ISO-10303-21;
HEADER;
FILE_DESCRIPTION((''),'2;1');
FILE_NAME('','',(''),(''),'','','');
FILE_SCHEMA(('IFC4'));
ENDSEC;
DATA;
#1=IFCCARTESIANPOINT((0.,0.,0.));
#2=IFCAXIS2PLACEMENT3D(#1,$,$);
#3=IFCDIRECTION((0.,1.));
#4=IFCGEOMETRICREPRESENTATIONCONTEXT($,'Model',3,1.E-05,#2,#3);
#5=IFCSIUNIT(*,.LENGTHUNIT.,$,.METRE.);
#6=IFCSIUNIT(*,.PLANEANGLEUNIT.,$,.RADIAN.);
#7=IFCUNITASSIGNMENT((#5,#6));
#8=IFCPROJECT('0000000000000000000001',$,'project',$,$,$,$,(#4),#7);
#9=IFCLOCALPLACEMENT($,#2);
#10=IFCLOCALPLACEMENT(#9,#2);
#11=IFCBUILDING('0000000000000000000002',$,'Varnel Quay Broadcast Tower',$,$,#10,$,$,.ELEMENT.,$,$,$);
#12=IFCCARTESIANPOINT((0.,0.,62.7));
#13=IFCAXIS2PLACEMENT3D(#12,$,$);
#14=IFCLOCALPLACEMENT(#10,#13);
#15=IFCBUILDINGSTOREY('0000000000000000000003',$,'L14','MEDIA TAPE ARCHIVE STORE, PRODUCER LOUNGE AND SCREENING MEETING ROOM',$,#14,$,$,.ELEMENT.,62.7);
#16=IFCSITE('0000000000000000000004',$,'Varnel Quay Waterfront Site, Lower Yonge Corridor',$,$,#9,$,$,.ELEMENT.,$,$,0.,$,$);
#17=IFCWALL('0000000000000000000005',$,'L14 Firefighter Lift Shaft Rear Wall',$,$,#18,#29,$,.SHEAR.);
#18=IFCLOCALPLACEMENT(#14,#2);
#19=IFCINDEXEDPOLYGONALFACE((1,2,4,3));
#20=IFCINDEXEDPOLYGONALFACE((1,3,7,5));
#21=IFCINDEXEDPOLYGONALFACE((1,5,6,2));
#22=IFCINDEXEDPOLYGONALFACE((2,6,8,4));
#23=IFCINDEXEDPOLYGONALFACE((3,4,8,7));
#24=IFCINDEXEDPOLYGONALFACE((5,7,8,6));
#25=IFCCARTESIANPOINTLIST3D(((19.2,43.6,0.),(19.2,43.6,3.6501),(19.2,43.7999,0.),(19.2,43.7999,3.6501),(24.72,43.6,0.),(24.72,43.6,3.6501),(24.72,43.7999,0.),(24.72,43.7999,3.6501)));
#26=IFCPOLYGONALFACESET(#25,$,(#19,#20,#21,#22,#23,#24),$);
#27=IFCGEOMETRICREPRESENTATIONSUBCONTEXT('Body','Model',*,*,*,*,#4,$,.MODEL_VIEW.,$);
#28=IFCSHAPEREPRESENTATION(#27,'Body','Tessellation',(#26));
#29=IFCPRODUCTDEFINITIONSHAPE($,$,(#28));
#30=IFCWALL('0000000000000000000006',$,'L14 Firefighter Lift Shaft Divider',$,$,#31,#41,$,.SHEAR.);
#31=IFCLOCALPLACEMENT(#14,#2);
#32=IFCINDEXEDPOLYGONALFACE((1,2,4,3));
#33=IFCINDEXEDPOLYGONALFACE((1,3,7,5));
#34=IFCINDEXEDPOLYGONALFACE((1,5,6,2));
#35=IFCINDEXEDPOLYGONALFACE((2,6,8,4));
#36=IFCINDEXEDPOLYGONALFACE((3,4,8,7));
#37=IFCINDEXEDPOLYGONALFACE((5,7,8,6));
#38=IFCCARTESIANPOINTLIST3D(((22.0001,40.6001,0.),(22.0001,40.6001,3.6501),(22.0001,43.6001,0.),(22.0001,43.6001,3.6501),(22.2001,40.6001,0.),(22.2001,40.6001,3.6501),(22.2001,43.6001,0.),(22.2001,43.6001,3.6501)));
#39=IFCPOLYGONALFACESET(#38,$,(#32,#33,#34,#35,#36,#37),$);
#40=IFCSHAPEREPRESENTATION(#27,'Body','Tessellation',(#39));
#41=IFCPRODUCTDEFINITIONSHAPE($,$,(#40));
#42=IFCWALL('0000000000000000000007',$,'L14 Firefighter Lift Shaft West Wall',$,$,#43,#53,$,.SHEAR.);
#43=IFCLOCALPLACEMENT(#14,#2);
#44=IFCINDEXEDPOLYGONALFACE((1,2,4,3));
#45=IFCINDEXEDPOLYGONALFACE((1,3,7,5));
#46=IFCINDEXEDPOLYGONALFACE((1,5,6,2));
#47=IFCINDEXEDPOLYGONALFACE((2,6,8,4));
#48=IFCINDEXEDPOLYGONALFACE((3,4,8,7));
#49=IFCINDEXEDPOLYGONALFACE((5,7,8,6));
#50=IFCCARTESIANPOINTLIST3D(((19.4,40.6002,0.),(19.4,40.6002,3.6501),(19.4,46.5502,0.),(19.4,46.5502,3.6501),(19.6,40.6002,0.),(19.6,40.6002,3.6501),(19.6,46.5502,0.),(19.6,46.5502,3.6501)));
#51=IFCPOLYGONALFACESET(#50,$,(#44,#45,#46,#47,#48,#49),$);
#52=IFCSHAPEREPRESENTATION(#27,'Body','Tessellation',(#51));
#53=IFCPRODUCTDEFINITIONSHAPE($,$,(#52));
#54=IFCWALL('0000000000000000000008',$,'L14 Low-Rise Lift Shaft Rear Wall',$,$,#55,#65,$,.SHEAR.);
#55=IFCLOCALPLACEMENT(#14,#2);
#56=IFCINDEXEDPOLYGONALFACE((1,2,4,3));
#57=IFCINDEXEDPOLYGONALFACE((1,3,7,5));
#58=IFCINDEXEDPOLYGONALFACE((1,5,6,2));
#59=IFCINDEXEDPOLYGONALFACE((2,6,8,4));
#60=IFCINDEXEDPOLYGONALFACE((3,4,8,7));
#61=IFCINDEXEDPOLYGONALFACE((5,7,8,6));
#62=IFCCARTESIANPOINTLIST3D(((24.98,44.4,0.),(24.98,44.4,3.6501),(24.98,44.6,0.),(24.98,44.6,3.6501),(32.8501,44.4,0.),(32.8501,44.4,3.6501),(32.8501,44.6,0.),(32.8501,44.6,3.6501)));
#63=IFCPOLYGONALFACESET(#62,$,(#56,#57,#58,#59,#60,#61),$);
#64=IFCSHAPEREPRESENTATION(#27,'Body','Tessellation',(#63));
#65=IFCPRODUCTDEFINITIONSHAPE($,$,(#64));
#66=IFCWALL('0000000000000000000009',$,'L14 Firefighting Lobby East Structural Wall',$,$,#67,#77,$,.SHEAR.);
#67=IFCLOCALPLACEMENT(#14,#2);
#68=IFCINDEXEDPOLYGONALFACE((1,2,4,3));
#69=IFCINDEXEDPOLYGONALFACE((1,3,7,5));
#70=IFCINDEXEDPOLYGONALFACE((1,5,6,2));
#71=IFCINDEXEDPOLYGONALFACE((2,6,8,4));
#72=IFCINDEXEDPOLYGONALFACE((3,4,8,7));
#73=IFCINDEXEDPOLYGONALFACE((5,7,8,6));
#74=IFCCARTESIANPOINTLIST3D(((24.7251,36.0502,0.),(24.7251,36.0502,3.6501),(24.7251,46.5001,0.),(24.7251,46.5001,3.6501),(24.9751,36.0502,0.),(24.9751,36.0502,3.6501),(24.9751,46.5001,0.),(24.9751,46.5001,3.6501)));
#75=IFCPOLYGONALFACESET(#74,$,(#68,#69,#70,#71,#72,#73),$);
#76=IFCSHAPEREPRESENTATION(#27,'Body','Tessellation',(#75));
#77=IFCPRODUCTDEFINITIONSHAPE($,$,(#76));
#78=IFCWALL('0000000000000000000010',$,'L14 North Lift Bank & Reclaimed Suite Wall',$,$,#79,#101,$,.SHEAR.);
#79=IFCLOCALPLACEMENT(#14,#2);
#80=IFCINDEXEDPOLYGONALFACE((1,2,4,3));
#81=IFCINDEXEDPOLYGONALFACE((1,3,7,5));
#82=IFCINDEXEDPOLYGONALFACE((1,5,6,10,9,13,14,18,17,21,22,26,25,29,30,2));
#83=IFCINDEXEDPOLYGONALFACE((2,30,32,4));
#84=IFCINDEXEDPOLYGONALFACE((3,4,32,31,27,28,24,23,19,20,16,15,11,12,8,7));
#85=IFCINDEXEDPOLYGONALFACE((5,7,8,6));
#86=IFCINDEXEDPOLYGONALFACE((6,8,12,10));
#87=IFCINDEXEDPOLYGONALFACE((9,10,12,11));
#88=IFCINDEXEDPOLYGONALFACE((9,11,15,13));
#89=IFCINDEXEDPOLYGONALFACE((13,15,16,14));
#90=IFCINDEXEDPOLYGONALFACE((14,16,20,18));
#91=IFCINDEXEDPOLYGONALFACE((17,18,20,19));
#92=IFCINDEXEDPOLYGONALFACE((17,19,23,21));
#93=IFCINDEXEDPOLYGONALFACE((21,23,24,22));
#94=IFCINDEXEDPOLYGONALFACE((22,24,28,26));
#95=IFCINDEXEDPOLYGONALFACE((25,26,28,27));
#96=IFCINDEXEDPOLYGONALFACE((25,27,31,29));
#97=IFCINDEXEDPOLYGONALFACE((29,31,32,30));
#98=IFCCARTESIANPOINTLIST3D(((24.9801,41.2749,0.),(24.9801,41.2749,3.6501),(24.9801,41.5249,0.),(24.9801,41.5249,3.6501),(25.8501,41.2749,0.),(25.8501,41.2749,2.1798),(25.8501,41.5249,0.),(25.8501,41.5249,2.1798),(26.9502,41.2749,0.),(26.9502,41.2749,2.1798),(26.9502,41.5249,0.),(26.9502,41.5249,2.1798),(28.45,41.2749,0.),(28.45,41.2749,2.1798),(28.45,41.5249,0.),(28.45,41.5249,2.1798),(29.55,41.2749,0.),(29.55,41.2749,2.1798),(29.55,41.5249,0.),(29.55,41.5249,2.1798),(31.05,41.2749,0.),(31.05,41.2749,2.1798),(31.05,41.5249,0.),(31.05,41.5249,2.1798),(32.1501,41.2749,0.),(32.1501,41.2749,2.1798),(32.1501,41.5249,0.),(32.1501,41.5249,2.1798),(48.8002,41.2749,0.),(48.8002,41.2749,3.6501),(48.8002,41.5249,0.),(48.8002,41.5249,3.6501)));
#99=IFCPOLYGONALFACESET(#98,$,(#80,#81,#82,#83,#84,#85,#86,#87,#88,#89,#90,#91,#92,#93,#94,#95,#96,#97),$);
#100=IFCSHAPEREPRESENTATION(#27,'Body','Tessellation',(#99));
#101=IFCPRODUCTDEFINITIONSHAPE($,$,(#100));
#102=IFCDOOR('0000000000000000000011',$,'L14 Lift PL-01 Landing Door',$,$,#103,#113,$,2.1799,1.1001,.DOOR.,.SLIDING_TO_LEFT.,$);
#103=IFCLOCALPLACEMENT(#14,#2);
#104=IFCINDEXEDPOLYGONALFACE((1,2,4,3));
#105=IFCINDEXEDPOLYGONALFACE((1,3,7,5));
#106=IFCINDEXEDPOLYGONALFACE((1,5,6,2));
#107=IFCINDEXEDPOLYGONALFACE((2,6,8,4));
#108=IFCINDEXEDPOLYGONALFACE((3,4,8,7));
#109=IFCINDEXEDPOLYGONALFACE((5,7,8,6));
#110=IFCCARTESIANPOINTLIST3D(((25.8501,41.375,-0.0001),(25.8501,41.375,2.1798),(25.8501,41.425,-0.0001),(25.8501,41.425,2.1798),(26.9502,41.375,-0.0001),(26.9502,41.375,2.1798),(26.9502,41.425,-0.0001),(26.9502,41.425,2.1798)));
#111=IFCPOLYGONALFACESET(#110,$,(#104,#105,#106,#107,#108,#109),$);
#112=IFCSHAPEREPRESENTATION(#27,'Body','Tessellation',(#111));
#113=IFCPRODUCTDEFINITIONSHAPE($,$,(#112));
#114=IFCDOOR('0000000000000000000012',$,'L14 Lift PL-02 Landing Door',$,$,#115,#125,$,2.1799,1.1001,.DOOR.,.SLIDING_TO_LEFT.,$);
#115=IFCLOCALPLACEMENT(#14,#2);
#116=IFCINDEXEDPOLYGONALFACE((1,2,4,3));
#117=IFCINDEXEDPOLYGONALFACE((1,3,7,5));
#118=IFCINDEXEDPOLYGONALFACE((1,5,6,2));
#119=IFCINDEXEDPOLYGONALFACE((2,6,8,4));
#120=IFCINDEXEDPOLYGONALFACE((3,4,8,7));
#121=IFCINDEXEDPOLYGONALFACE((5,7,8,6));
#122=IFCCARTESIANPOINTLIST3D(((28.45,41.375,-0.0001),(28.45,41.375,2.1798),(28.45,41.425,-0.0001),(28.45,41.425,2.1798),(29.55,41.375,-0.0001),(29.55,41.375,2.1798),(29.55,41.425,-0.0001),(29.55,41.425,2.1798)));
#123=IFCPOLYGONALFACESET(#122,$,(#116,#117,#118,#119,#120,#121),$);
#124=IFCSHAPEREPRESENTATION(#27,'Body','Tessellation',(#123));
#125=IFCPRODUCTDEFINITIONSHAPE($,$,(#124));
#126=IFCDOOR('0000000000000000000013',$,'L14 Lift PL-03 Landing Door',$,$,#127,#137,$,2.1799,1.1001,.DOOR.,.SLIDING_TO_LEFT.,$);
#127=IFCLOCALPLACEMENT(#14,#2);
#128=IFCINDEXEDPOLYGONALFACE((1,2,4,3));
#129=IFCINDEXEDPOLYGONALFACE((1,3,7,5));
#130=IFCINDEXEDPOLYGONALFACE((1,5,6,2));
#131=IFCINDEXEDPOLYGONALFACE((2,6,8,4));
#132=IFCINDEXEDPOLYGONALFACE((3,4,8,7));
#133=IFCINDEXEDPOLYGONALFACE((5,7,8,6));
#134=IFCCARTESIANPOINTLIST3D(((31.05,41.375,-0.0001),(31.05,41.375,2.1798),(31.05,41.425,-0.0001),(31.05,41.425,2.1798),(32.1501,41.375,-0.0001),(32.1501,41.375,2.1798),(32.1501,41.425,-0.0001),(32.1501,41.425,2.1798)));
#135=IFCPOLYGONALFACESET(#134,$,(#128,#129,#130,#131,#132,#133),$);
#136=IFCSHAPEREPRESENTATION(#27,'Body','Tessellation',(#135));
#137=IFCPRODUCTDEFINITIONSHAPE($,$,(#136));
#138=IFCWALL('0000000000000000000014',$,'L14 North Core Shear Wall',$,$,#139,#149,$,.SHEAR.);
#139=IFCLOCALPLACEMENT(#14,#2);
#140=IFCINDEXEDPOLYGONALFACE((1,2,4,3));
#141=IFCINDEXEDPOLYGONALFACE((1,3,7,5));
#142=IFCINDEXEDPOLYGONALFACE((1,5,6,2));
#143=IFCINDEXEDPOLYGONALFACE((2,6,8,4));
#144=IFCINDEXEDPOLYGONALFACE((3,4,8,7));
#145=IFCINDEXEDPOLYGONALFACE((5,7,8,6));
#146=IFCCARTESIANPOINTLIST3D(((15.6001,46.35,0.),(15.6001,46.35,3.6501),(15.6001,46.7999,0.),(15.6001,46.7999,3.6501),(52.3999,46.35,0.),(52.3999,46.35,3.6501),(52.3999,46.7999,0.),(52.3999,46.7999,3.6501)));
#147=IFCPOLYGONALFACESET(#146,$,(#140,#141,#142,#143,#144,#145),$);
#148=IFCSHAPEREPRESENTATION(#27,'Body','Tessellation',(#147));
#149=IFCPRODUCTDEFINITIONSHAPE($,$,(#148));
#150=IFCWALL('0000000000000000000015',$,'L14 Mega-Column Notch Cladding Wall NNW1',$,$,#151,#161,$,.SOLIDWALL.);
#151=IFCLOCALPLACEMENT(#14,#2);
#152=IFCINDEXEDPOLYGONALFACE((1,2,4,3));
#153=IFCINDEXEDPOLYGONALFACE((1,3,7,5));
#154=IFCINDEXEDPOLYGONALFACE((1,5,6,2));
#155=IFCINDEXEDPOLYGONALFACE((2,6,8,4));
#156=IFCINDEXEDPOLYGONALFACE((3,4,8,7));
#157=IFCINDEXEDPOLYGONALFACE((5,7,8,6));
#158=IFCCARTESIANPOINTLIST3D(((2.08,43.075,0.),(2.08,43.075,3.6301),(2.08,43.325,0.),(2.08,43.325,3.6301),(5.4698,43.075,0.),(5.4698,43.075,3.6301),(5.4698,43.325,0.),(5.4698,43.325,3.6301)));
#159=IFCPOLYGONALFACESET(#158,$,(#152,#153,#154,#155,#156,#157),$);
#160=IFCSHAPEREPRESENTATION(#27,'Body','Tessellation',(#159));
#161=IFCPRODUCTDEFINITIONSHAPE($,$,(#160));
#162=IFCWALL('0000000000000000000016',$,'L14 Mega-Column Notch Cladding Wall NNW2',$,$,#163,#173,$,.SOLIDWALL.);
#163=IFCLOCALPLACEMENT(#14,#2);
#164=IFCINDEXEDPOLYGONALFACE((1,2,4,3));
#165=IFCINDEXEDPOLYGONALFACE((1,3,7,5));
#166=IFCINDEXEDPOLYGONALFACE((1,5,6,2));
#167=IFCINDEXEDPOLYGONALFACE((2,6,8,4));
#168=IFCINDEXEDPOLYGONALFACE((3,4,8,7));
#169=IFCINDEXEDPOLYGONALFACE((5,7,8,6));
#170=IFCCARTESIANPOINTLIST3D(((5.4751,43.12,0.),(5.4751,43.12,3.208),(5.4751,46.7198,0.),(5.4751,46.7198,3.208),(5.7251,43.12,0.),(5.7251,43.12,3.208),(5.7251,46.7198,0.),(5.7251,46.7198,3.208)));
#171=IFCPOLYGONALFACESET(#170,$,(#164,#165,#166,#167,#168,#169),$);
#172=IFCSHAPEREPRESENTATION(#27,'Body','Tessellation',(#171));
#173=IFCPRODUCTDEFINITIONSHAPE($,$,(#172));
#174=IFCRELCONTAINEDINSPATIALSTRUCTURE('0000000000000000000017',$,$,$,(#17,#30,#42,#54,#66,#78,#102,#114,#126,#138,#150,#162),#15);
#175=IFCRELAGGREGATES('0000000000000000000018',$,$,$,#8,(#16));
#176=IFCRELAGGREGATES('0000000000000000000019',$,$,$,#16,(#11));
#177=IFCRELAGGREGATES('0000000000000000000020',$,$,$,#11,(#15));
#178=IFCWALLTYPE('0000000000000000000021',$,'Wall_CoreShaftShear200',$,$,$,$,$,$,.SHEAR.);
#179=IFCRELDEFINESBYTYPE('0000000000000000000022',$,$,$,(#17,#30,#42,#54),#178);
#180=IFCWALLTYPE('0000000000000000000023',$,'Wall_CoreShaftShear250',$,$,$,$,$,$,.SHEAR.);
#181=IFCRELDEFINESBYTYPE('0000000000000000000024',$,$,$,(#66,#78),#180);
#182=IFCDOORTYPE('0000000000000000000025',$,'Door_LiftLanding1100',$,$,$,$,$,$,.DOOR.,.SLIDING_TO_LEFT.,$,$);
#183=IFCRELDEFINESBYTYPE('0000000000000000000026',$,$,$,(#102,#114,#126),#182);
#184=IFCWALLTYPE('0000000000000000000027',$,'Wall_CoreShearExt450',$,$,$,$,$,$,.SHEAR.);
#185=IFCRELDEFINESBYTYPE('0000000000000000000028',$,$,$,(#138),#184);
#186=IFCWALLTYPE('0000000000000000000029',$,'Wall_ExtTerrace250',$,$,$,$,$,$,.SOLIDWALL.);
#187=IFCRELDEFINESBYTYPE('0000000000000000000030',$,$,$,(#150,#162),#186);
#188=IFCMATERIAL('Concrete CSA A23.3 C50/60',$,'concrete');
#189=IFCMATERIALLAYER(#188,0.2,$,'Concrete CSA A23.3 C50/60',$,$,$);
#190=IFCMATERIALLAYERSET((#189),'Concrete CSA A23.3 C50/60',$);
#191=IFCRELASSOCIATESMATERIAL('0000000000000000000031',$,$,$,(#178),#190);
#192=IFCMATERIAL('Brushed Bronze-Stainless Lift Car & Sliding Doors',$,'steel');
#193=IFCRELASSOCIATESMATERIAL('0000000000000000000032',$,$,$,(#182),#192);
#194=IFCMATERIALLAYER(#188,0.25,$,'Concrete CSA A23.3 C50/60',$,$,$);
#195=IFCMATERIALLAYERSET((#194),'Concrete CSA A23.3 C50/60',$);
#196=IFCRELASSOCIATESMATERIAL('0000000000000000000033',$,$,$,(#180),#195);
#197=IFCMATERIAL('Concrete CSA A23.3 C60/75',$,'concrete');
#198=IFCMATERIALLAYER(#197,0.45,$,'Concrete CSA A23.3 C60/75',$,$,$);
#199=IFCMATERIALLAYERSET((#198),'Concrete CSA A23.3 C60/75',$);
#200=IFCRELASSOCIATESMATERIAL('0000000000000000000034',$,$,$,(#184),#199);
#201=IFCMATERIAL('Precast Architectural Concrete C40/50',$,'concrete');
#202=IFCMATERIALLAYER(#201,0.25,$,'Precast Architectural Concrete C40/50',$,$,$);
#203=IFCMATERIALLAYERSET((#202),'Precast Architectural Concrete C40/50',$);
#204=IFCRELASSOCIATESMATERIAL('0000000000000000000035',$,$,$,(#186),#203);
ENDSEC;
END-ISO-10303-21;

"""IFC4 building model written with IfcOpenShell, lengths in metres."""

from ifc_helpers import new_model, si_unit, direction, frame, frame_2d, origin, place, context, subcontext, project, spatial, rectangle, extrude, source, transform, mapped, material, layer, layer_set, type_object, type_shapes, element, fill, save


model = new_model("IFC4")

# Units and contexts
model_context = context("Model", 3, precision=1e-05, world=origin(), true_north=direction((0.0, 1.0)))
body_context = subcontext(model_context, "Body", "Model", "MODEL_VIEW")
ifc_project = project(units=[si_unit("LENGTHUNIT", "METRE"), si_unit("PLANEANGLEUNIT", "RADIAN")], contexts=[model_context])

# Site, building, storey
site_placement = place(None, origin())
site = spatial("IfcSite", under=ifc_project, at=site_placement, Name="Varnel Quay Waterfront Site, Lower Yonge Corridor", CompositionType="ELEMENT", RefElevation=0.0)
building_placement = place(site_placement, origin())
building = spatial("IfcBuilding", under=site, at=building_placement, Name="Varnel Quay Broadcast Tower", CompositionType="ELEMENT")
storey_placement = place(building_placement, frame((0.0, 0.0, 62.7)))
storey = spatial("IfcBuildingStorey", under=building, at=storey_placement, Name="L14", Description="MEDIA TAPE ARCHIVE STORE, PRODUCER LOUNGE AND SCREENING MEETING ROOM", CompositionType="ELEMENT", Elevation=62.7)

# Shared definitions
ifc_material_1 = material(Name="Concrete CSA A23.3 C50/60", Category="concrete")
ifc_layer_1 = layer(ifc_material_1, 0.2, Name="Concrete CSA A23.3 C50/60")
ifc_layer_set_1 = layer_set([ifc_layer_1], Name="Concrete CSA A23.3 C50/60")
wall_type_1 = type_object("IfcWallType", Name="Wall_CoreShaftShear200", PredefinedType="SHEAR", material=ifc_layer_set_1)

# Shared definitions
ifc_material_2 = material(Name="Brushed Bronze-Stainless Lift Car & Sliding Doors", Category="steel")
door_type = type_object("IfcDoorType", Name="Door_LiftLanding1100", OperationType="SLIDING_TO_LEFT", PredefinedType="DOOR", material=ifc_material_2)
shared_shape_1 = source(origin(), body_context, "Body", "SweptSolid", [
    extrude(rectangle(XDim=1.1001, YDim=2.1799, at=frame_2d((0.55, 1.0898))), frame((0.0, 0.0249, 0.0), z_axis=(0.0, -1.0, 0.0), x_axis=(1.0, 0.0, 0.0)), (0.0, 0.0, 1.0), 0.05),
])
type_shapes(door_type, [shared_shape_1])

# Walls
wall_1_placement = place(storey_placement, frame((19.2, 43.7, 0.0), z_axis=(0.0, 0.0, 1.0), x_axis=(1.0, 0.0, 0.0)))
element("IfcWall", 1, at=wall_1_placement, inside=storey, type_object=wall_type_1, Name="L14 Firefighter Lift Shaft Rear Wall", PredefinedType="SHEAR", context=body_context, shape_type="SweptSolid", body=[
    extrude(rectangle(XDim=5.52, YDim=0.2, at=frame_2d((2.76, 0.0))), origin(), (0.0, 0.0, 1.0), 3.6501),
])
wall_2_placement = place(storey_placement, frame((22.1001, 40.6001, 0.0), z_axis=(0.0, 0.0, 1.0), x_axis=(0.0, 1.0, 0.0)))
element("IfcWall", 2, at=wall_2_placement, inside=storey, type_object=wall_type_1, Name="L14 Firefighter Lift Shaft Divider", PredefinedType="SHEAR", context=body_context, shape_type="SweptSolid", body=[
    extrude(rectangle(XDim=3.0, YDim=0.2, at=frame_2d((1.5, 0.0))), origin(), (0.0, 0.0, 1.0), 3.6501),
])
wall_3_placement = place(storey_placement, frame((19.5, 40.6001, 0.0), z_axis=(0.0, 0.0, 1.0), x_axis=(0.0, 1.0, 0.0)))
element("IfcWall", 3, at=wall_3_placement, inside=storey, type_object=wall_type_1, Name="L14 Firefighter Lift Shaft West Wall", PredefinedType="SHEAR", context=body_context, shape_type="SweptSolid", body=[
    extrude(rectangle(XDim=5.95, YDim=0.2, at=frame_2d((2.9751, 0.0))), origin(), (0.0, 0.0, 1.0), 3.6501),
])
wall_4_placement = place(storey_placement, frame((24.98, 44.5, 0.0), z_axis=(0.0, 0.0, 1.0), x_axis=(1.0, 0.0, 0.0)))
element("IfcWall", 4, at=wall_4_placement, inside=storey, type_object=wall_type_1, Name="L14 Low-Rise Lift Shaft Rear Wall", PredefinedType="SHEAR", context=body_context, shape_type="SweptSolid", body=[
    extrude(rectangle(XDim=7.8701, YDim=0.2, at=frame_2d((3.9351, 0.0))), origin(), (0.0, 0.0, 1.0), 3.6501),
])
ifc_layer_2 = layer(ifc_material_1, 0.25, Name="Concrete CSA A23.3 C50/60")
ifc_layer_set_2 = layer_set([ifc_layer_2], Name="Concrete CSA A23.3 C50/60")
wall_type_2 = type_object("IfcWallType", Name="Wall_CoreShaftShear250", PredefinedType="SHEAR", material=ifc_layer_set_2)
wall_5_placement = place(storey_placement, frame((24.8501, 36.05, 0.0), z_axis=(0.0, 0.0, 1.0), x_axis=(0.0, 1.0, 0.0)))
element("IfcWall", 5, at=wall_5_placement, inside=storey, type_object=wall_type_2, Name="L14 Firefighting Lobby East Structural Wall", PredefinedType="SHEAR", context=body_context, shape_type="SweptSolid", body=[
    extrude(rectangle(XDim=10.45, YDim=0.25, at=frame_2d((5.2251, 0.0))), origin(), (0.0, 0.0, 1.0), 3.6501),
])

# Wall, openings, doors
wall_6_placement = place(storey_placement, frame((24.98, 41.3999, 0.0), z_axis=(0.0, 0.0, 1.0), x_axis=(1.0, 0.0, 0.0)))
wall_6 = element("IfcWall", 6, at=wall_6_placement, inside=storey, type_object=wall_type_2, Name="L14 North Lift Bank & Reclaimed Suite Wall", PredefinedType="SHEAR", context=body_context, shape_type="SweptSolid", body=[
    extrude(rectangle(XDim=23.8201, YDim=0.25, at=frame_2d((11.9102, 0.0))), origin(), (0.0, 0.0, 1.0), 3.6501),
])
opening_1_placement = place(wall_6_placement, frame((0.8701, 0.0, 0.0)))
opening_1 = element("IfcOpeningElement", 7, at=opening_1_placement, cuts=wall_6, PredefinedType="OPENING", context=body_context, shape_type="SweptSolid", body=[
    extrude(rectangle(XDim=1.1001, YDim=2.1799, at=frame_2d((0.55, 1.0898))), frame((0.0, 0.135, 0.0), z_axis=(0.0, -1.0, 0.0), x_axis=(1.0, 0.0, 0.0)), (0.0, 0.0, 1.0), 0.27),
])
opening_2_placement = place(wall_6_placement, frame((3.47, 0.0, 0.0)))
opening_2 = element("IfcOpeningElement", 8, at=opening_2_placement, cuts=wall_6, PredefinedType="OPENING", context=body_context, shape_type="SweptSolid", body=[
    extrude(rectangle(XDim=1.1001, YDim=2.1799, at=frame_2d((0.55, 1.0898))), frame((0.0, 0.135, 0.0), z_axis=(0.0, -1.0, 0.0), x_axis=(1.0, 0.0, 0.0)), (0.0, 0.0, 1.0), 0.27),
])
opening_3_placement = place(wall_6_placement, frame((6.0701, 0.0, 0.0)))
opening_3 = element("IfcOpeningElement", 9, at=opening_3_placement, cuts=wall_6, PredefinedType="OPENING", context=body_context, shape_type="SweptSolid", body=[
    extrude(rectangle(XDim=1.1001, YDim=2.1799, at=frame_2d((0.55, 1.0898))), frame((0.0, 0.135, 0.0), z_axis=(0.0, -1.0, 0.0), x_axis=(1.0, 0.0, 0.0)), (0.0, 0.0, 1.0), 0.27),
])
door_1_placement = place(opening_1_placement, frame((1.1001, 0.0, 0.0), z_axis=(0.0, 0.0, 1.0), x_axis=(-1.0, 0.0, 0.0)))
door_1 = element("IfcDoor", 10, at=door_1_placement, inside=storey, type_object=door_type, Name="L14 Lift PL-01 Landing Door", OperationType="SLIDING_TO_LEFT", OverallHeight=2.1799, OverallWidth=1.1001, PredefinedType="DOOR", context=body_context, shape_type="MappedRepresentation", body=[
    mapped(shared_shape_1, transform((0.0, 0.0, 0.0), x_axis=(1.0, 0.0, 0.0), y_axis=(0.0, 1.0, 0.0), z_axis=(0.0, 0.0, 1.0), scale=1.0)),
])
fill(opening_1, door_1)
door_2_placement = place(opening_2_placement, frame((1.1001, 0.0, 0.0), z_axis=(0.0, 0.0, 1.0), x_axis=(-1.0, 0.0, 0.0)))
door_2 = element("IfcDoor", 11, at=door_2_placement, inside=storey, type_object=door_type, Name="L14 Lift PL-02 Landing Door", OperationType="SLIDING_TO_LEFT", OverallHeight=2.1799, OverallWidth=1.1001, PredefinedType="DOOR", context=body_context, shape_type="MappedRepresentation", body=[
    mapped(shared_shape_1, transform((0.0, 0.0, 0.0), x_axis=(1.0, 0.0, 0.0), y_axis=(0.0, 1.0, 0.0), z_axis=(0.0, 0.0, 1.0), scale=1.0)),
])
fill(opening_2, door_2)
door_3_placement = place(opening_3_placement, frame((1.1001, 0.0, 0.0), z_axis=(0.0, 0.0, 1.0), x_axis=(-1.0, 0.0, 0.0)))
door_3 = element("IfcDoor", 12, at=door_3_placement, inside=storey, type_object=door_type, Name="L14 Lift PL-03 Landing Door", OperationType="SLIDING_TO_LEFT", OverallHeight=2.1799, OverallWidth=1.1001, PredefinedType="DOOR", context=body_context, shape_type="MappedRepresentation", body=[
    mapped(shared_shape_1, transform((0.0, 0.0, 0.0), x_axis=(1.0, 0.0, 0.0), y_axis=(0.0, 1.0, 0.0), z_axis=(0.0, 0.0, 1.0), scale=1.0)),
])
fill(opening_3, door_3)

# Walls
ifc_material_3 = material(Name="Concrete CSA A23.3 C60/75", Category="concrete")
ifc_layer_3 = layer(ifc_material_3, 0.45, Name="Concrete CSA A23.3 C60/75")
ifc_layer_set_3 = layer_set([ifc_layer_3], Name="Concrete CSA A23.3 C60/75")
wall_type_3 = type_object("IfcWallType", Name="Wall_CoreShearExt450", PredefinedType="SHEAR", material=ifc_layer_set_3)
wall_7_placement = place(storey_placement, frame((15.6001, 46.575, 0.0), z_axis=(0.0, 0.0, 1.0), x_axis=(1.0, 0.0, 0.0)))
element("IfcWall", 13, at=wall_7_placement, inside=storey, type_object=wall_type_3, Name="L14 North Core Shear Wall", PredefinedType="SHEAR", context=body_context, shape_type="SweptSolid", body=[
    extrude(rectangle(XDim=36.7998, YDim=0.45, at=frame_2d((18.3999, 0.0))), origin(), (0.0, 0.0, 1.0), 3.6501),
])
ifc_material_4 = material(Name="Precast Architectural Concrete C40/50", Category="concrete")
ifc_layer_4 = layer(ifc_material_4, 0.25, Name="Precast Architectural Concrete C40/50")
ifc_layer_set_4 = layer_set([ifc_layer_4], Name="Precast Architectural Concrete C40/50")
wall_type_4 = type_object("IfcWallType", Name="Wall_ExtTerrace250", PredefinedType="SOLIDWALL", material=ifc_layer_set_4)
wall_8_placement = place(storey_placement, frame((2.0801, 43.2, 0.0), z_axis=(0.0, 0.0, 1.0), x_axis=(1.0, 0.0, 0.0)))
element("IfcWall", 14, at=wall_8_placement, inside=storey, type_object=wall_type_4, Name="L14 Mega-Column Notch Cladding Wall NNW1", PredefinedType="SOLIDWALL", context=body_context, shape_type="SweptSolid", body=[
    extrude(rectangle(XDim=3.3899, YDim=0.25, at=frame_2d((1.6948, 0.0))), origin(), (0.0, 0.0, 1.0), 3.6301),
])
wall_9_placement = place(storey_placement, frame((5.6001, 43.1201, 0.0), z_axis=(0.0, 0.0, 1.0), x_axis=(0.0, 1.0, 0.0)))
element("IfcWall", 15, at=wall_9_placement, inside=storey, type_object=wall_type_4, Name="L14 Mega-Column Notch Cladding Wall NNW2", PredefinedType="SOLIDWALL", context=body_context, shape_type="SweptSolid", body=[
    extrude(rectangle(XDim=3.5999, YDim=0.25, at=frame_2d((1.7998, 0.0))), origin(), (0.0, 0.0, 1.0), 3.208),
])

save(model, "model.ifc")
